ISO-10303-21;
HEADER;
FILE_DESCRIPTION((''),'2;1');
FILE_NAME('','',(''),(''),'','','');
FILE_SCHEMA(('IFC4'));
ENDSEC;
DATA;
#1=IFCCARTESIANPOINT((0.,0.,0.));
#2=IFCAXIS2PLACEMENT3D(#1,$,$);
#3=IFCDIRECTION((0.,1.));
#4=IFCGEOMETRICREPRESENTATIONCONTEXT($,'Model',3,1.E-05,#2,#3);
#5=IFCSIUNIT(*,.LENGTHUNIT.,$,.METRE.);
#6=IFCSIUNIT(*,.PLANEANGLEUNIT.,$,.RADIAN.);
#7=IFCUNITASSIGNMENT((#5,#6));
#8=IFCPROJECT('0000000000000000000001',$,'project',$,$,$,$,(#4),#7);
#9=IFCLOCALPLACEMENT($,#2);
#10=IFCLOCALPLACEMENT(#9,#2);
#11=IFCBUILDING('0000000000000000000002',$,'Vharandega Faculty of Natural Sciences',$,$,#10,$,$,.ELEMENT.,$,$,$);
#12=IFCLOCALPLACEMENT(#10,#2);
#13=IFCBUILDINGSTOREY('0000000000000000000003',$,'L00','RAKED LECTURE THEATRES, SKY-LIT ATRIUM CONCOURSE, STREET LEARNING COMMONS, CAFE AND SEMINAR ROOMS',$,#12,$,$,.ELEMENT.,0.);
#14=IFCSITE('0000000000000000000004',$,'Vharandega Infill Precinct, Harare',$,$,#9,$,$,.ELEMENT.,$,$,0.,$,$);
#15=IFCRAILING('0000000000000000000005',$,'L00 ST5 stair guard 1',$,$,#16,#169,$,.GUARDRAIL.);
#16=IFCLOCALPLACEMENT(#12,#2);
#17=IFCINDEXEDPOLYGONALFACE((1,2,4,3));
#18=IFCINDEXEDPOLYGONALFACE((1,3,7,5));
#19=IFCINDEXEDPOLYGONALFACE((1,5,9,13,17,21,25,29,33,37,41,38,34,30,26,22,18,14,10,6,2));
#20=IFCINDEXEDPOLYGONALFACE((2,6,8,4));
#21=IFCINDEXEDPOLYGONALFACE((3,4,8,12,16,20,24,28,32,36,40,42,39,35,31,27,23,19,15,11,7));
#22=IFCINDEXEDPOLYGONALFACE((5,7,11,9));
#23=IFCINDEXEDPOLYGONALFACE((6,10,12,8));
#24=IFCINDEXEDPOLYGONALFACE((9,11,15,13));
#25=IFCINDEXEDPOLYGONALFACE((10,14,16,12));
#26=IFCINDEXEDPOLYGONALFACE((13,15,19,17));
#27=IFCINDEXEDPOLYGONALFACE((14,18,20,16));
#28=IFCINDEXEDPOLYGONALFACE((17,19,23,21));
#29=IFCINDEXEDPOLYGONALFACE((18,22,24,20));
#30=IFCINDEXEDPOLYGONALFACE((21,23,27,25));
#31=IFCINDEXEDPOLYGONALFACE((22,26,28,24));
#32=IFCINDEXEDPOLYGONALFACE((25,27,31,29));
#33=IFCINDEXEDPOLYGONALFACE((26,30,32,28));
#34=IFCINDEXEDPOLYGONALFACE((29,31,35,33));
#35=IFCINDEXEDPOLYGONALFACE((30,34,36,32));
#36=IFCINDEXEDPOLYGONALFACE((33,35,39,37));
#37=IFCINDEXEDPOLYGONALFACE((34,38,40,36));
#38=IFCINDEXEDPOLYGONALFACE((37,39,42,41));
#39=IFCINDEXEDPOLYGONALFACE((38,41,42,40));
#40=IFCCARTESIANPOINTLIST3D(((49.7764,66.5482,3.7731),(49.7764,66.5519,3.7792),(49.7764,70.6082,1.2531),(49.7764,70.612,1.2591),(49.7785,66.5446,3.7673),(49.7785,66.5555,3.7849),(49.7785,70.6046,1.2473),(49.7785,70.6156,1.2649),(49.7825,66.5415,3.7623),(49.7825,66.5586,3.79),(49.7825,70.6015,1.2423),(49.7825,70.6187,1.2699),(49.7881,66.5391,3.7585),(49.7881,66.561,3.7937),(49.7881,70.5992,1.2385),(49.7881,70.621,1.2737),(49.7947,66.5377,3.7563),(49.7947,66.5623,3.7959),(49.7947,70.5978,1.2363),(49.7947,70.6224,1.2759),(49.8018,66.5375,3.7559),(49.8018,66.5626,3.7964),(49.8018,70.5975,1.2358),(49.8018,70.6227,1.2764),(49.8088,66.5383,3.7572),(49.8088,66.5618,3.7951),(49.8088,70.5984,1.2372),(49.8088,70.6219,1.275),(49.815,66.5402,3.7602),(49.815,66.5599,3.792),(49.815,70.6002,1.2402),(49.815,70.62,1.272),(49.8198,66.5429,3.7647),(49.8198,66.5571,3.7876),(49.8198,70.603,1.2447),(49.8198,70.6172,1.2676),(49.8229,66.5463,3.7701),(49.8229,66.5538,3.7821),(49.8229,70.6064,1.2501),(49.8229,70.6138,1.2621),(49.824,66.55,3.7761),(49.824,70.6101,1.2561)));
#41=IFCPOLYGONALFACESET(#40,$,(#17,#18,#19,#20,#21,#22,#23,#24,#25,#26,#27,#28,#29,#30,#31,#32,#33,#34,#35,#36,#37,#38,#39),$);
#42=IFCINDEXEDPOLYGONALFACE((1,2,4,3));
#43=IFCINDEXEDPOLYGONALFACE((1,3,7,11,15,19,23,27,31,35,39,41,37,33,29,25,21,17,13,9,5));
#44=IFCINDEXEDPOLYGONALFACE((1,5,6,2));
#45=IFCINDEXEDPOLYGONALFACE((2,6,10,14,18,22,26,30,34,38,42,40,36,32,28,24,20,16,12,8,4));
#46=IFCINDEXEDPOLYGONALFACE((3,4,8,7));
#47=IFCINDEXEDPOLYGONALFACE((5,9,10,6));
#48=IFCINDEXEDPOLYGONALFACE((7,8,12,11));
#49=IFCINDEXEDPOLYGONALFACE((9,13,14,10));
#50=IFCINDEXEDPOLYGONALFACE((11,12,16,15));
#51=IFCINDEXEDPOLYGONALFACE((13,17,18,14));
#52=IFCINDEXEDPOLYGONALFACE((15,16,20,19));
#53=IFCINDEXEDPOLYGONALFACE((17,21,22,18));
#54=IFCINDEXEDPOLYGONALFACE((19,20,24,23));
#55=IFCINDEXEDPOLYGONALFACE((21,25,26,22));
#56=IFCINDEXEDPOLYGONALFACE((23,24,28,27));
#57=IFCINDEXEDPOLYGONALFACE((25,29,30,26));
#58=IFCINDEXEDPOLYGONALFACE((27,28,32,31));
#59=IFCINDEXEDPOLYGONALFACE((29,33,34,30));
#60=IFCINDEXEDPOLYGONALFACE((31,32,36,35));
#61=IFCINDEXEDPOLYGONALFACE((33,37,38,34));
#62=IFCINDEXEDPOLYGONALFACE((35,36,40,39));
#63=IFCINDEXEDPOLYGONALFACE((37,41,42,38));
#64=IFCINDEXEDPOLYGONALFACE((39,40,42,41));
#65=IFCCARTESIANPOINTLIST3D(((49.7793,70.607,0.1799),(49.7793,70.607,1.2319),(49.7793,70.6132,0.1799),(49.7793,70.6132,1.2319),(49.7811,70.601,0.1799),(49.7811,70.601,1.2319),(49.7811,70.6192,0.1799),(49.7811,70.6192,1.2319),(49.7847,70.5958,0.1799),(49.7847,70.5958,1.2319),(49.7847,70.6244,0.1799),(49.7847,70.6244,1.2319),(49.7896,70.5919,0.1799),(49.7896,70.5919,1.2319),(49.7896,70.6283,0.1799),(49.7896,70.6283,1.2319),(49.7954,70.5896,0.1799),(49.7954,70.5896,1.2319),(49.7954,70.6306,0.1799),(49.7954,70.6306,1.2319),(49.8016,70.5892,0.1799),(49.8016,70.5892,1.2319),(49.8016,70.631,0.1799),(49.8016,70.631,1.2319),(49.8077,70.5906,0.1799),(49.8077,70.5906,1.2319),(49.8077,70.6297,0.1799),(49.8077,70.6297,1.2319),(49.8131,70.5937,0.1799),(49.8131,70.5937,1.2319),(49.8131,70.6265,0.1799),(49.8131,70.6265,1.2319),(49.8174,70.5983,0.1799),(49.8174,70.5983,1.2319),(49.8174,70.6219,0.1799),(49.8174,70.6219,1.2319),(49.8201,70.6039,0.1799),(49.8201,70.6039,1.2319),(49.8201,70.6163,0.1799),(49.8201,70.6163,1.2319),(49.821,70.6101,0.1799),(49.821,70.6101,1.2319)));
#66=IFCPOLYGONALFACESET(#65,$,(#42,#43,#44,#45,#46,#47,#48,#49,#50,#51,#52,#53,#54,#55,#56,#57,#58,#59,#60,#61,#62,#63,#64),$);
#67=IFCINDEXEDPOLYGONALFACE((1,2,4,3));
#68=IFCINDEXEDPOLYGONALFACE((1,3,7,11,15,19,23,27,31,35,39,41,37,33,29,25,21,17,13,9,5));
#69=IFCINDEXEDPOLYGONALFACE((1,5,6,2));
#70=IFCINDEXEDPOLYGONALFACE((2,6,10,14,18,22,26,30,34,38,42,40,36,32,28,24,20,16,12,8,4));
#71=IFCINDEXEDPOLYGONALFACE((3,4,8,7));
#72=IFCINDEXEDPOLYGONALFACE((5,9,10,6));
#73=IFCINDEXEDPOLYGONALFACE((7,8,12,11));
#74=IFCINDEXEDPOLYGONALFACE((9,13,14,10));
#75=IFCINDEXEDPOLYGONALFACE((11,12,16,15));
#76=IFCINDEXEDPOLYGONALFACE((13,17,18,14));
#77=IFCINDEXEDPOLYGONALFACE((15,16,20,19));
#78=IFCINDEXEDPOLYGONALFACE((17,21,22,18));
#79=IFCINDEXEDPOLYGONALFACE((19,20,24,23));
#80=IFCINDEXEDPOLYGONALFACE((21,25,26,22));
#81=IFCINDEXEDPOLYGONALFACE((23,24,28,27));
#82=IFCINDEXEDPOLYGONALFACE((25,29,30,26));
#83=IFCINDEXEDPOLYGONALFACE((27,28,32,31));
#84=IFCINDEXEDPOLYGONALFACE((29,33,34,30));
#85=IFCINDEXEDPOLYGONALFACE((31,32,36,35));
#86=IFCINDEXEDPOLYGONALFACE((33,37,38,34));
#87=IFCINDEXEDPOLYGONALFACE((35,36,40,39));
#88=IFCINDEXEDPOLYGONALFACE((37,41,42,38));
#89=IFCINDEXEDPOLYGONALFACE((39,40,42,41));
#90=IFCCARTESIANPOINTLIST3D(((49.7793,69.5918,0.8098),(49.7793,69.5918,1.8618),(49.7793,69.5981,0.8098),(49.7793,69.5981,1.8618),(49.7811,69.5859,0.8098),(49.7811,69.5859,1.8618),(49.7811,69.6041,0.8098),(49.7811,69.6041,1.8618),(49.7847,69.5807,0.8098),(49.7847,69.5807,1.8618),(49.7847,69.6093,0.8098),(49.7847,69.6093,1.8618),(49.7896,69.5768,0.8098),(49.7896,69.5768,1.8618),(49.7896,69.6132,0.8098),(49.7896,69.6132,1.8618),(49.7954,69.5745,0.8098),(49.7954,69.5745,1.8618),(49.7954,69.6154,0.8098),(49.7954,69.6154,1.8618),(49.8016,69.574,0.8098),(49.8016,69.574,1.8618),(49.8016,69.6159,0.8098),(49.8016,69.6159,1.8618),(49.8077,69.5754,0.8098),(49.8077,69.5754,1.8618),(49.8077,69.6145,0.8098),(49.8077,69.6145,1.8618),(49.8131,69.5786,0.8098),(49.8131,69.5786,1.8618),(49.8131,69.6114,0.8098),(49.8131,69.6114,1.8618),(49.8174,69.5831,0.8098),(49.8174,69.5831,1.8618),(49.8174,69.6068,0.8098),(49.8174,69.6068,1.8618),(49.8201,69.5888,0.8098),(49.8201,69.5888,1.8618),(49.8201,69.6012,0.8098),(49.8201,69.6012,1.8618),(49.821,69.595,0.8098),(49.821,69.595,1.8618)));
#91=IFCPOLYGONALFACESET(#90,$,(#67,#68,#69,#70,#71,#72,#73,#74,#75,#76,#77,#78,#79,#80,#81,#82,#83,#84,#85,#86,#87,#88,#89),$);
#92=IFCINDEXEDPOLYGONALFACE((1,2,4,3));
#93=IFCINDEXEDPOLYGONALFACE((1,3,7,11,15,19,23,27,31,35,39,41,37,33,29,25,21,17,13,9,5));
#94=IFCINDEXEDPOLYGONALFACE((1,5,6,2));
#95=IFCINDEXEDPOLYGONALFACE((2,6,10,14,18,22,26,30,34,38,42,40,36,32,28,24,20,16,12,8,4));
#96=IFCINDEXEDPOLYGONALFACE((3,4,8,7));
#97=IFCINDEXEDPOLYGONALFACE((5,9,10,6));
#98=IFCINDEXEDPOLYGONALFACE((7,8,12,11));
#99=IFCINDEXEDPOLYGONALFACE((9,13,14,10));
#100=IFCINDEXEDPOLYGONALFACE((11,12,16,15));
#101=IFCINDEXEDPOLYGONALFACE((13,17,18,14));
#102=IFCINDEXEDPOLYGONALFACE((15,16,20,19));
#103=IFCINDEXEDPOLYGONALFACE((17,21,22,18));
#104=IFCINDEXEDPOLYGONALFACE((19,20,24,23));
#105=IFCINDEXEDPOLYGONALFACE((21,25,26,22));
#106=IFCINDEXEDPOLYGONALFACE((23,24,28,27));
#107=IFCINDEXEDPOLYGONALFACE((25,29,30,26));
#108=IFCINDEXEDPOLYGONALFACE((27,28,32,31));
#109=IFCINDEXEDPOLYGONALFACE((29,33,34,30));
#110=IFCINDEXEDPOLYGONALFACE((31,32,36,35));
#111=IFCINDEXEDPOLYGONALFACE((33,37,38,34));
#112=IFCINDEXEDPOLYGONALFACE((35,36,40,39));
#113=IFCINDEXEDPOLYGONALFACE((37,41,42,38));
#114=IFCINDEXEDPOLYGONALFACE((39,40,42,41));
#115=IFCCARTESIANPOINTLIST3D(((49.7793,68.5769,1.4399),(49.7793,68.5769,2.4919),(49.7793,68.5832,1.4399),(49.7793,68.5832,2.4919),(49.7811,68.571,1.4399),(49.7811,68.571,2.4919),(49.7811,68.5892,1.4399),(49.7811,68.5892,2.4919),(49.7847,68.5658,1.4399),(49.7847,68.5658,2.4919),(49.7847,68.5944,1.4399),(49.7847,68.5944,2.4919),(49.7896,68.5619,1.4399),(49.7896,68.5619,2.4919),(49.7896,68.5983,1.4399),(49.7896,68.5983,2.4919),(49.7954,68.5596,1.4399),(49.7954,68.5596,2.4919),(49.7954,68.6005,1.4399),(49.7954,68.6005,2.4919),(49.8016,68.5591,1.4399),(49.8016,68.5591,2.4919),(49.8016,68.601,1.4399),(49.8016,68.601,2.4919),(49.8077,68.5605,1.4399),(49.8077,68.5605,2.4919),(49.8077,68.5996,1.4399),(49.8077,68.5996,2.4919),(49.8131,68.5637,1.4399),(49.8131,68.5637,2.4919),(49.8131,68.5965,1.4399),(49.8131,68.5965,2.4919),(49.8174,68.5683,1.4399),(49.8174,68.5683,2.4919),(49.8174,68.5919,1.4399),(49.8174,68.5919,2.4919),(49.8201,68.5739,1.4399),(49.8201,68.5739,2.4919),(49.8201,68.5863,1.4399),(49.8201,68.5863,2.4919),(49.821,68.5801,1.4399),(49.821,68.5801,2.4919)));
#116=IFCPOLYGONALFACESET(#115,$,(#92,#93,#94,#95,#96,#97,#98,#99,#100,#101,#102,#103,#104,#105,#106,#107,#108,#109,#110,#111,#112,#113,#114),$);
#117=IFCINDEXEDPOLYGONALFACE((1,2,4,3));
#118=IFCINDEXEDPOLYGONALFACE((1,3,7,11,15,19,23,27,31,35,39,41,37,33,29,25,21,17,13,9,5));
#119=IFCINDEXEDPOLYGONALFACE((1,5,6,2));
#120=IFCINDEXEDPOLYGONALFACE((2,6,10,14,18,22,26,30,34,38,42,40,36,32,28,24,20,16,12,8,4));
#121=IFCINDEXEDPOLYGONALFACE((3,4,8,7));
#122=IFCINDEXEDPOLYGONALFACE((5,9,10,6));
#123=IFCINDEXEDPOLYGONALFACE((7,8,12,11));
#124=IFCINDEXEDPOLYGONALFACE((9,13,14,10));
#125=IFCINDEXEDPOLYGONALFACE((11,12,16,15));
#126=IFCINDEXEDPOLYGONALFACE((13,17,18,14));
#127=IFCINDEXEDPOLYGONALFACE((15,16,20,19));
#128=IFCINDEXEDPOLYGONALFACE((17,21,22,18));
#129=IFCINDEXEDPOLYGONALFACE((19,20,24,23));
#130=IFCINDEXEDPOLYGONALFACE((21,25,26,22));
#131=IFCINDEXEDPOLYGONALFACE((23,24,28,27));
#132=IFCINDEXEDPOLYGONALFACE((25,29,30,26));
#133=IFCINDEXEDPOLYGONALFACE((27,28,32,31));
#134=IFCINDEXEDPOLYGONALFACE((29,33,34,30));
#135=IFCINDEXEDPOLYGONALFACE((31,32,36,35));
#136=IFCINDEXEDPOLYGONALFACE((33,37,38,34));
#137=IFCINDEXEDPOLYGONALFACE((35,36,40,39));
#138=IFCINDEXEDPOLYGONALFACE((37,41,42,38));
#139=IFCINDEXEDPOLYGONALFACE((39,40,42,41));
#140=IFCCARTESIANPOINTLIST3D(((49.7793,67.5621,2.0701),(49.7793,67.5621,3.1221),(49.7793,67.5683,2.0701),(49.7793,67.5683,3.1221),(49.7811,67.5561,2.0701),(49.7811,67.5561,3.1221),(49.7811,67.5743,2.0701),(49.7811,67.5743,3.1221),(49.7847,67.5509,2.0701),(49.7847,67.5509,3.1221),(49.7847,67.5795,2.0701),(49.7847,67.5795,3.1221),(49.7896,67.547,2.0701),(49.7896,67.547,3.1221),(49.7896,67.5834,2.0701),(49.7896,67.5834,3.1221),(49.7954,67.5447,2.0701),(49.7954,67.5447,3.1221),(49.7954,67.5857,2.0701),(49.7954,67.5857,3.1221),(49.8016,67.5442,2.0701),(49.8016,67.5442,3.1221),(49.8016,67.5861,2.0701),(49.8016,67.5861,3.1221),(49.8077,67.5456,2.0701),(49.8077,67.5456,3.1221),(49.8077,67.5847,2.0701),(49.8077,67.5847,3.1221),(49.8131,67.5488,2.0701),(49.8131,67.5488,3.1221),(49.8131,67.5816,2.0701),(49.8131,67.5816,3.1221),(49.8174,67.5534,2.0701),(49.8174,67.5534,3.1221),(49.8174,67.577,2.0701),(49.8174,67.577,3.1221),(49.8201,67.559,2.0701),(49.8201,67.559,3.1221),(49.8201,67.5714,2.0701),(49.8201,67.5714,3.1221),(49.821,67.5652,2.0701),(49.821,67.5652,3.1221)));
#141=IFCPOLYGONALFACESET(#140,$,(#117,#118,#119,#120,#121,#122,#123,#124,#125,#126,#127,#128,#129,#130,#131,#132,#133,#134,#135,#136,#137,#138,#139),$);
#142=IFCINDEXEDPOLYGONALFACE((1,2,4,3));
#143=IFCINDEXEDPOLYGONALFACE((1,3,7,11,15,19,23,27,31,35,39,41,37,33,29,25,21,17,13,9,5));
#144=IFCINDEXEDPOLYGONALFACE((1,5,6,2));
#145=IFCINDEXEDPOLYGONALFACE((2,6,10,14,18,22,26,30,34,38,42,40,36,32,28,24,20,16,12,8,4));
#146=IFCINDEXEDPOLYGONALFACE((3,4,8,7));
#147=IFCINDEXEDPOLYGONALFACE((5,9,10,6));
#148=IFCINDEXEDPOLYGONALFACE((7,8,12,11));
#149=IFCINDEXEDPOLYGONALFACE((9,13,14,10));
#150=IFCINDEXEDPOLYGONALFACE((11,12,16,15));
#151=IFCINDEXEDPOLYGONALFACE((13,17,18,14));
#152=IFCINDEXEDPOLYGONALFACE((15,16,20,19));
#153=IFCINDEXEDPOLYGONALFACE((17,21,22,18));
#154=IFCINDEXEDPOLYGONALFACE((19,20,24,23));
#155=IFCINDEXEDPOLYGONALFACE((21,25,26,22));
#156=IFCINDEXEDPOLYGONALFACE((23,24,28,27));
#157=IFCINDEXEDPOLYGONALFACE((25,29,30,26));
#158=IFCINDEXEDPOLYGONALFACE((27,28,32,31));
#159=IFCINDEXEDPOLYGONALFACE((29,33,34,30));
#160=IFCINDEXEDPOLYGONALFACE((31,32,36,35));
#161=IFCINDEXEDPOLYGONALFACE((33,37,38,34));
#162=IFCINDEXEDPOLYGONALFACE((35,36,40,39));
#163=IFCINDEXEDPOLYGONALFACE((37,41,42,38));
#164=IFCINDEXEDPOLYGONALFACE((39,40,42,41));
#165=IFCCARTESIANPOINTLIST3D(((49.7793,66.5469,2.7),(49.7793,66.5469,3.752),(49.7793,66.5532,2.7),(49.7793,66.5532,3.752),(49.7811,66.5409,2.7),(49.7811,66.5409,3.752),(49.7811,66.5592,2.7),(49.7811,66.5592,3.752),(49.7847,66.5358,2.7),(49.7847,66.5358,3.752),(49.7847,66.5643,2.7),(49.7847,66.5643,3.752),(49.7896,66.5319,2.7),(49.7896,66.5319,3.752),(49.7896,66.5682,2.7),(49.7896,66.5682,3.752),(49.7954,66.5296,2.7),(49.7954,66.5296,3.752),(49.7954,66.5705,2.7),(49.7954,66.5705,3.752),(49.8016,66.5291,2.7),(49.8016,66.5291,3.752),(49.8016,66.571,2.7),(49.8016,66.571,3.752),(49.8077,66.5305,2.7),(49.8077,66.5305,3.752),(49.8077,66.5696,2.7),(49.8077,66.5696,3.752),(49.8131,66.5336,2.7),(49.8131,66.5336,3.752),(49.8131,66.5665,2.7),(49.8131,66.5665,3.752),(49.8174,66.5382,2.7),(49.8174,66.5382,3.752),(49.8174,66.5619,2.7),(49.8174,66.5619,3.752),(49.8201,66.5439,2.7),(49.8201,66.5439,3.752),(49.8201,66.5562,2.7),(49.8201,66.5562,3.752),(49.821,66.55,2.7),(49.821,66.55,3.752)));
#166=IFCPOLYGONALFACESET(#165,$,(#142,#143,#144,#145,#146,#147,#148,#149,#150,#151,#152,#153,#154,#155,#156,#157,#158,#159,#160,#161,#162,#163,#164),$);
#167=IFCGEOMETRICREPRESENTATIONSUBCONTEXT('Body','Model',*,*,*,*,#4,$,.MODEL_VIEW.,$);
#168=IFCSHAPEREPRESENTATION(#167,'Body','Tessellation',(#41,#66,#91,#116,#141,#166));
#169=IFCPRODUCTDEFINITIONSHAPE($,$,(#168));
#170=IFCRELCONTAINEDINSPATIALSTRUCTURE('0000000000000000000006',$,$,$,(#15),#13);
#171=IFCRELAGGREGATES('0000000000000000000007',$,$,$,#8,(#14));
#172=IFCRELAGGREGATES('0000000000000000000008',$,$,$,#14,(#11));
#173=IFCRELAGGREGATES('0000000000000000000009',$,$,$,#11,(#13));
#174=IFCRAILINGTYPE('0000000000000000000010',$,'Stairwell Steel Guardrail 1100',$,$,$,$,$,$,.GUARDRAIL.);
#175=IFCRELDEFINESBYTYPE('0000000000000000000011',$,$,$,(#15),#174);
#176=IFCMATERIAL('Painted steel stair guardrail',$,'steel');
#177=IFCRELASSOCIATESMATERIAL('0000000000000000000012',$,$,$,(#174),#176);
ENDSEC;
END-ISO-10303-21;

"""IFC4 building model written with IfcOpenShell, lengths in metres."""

from ifc_helpers import new_model, si_unit, direction, frame, origin, origin_2d, place, context, subcontext, project, spatial, circle, extrude, material, type_object, element, save


model = new_model("IFC4")

# Units and contexts
model_context = context("Model", 3, precision=1e-05, world=origin(), true_north=direction((0.0, 1.0)))
body_context = subcontext(model_context, "Body", "Model", "MODEL_VIEW")
ifc_project = project(units=[si_unit("LENGTHUNIT", "METRE"), si_unit("PLANEANGLEUNIT", "RADIAN")], contexts=[model_context])

# Site, building, storey
site_placement = place(None, origin())
site = spatial("IfcSite", under=ifc_project, at=site_placement, Name="Vharandega Infill Precinct, Harare", CompositionType="ELEMENT", RefElevation=0.0)
building_placement = place(site_placement, origin())
building = spatial("IfcBuilding", under=site, at=building_placement, Name="Vharandega Faculty of Natural Sciences", CompositionType="ELEMENT")
storey_placement = place(building_placement, origin())
storey = spatial("IfcBuildingStorey", under=building, at=storey_placement, Name="L00", Description="RAKED LECTURE THEATRES, SKY-LIT ATRIUM CONCOURSE, STREET LEARNING COMMONS, CAFE AND SEMINAR ROOMS", CompositionType="ELEMENT", Elevation=0.0)

# Railing
ifc_material_1 = material(Name="Painted steel stair guardrail", Category="steel")
railing_type_1 = type_object("IfcRailingType", Name="Stairwell Steel Guardrail 1100", PredefinedType="GUARDRAIL", material=ifc_material_1)
railing_1_placement = place(storey_placement, frame((49.8, 70.6101, 0.1799)))
element("IfcRailing", 1, at=railing_1_placement, inside=storey, type_object=railing_type_1, Name="L00 ST5 stair guard 1", PredefinedType="GUARDRAIL", context=body_context, shape_type="SweptSolid", body=[
    extrude(circle(Radius=0.0239, at=origin_2d()), frame((0.0, 0.0, 1.0762), z_axis=(0.0, -0.849642, 0.52736), x_axis=(1.0, 0.0, 0.0)), (0.0, 0.0, 1.0), 4.7786),
    extrude(circle(Radius=0.021, at=origin_2d()), origin(), (0.0, 0.0, 1.0), 1.052),
    extrude(circle(Radius=0.021, at=origin_2d()), frame((0.0, -1.0151, 0.6299)), (0.0, 0.0, 1.0), 1.052),
    extrude(circle(Radius=0.021, at=origin_2d()), frame((0.0, -2.03, 1.26)), (0.0, 0.0, 1.0), 1.052),
    extrude(circle(Radius=0.021, at=origin_2d()), frame((0.0, -3.0449, 1.8901)), (0.0, 0.0, 1.0), 1.052),
    extrude(circle(Radius=0.021, at=origin_2d()), frame((0.0, -4.0601, 2.52)), (0.0, 0.0, 1.0), 1.052),
])

save(model, "model.ifc")
